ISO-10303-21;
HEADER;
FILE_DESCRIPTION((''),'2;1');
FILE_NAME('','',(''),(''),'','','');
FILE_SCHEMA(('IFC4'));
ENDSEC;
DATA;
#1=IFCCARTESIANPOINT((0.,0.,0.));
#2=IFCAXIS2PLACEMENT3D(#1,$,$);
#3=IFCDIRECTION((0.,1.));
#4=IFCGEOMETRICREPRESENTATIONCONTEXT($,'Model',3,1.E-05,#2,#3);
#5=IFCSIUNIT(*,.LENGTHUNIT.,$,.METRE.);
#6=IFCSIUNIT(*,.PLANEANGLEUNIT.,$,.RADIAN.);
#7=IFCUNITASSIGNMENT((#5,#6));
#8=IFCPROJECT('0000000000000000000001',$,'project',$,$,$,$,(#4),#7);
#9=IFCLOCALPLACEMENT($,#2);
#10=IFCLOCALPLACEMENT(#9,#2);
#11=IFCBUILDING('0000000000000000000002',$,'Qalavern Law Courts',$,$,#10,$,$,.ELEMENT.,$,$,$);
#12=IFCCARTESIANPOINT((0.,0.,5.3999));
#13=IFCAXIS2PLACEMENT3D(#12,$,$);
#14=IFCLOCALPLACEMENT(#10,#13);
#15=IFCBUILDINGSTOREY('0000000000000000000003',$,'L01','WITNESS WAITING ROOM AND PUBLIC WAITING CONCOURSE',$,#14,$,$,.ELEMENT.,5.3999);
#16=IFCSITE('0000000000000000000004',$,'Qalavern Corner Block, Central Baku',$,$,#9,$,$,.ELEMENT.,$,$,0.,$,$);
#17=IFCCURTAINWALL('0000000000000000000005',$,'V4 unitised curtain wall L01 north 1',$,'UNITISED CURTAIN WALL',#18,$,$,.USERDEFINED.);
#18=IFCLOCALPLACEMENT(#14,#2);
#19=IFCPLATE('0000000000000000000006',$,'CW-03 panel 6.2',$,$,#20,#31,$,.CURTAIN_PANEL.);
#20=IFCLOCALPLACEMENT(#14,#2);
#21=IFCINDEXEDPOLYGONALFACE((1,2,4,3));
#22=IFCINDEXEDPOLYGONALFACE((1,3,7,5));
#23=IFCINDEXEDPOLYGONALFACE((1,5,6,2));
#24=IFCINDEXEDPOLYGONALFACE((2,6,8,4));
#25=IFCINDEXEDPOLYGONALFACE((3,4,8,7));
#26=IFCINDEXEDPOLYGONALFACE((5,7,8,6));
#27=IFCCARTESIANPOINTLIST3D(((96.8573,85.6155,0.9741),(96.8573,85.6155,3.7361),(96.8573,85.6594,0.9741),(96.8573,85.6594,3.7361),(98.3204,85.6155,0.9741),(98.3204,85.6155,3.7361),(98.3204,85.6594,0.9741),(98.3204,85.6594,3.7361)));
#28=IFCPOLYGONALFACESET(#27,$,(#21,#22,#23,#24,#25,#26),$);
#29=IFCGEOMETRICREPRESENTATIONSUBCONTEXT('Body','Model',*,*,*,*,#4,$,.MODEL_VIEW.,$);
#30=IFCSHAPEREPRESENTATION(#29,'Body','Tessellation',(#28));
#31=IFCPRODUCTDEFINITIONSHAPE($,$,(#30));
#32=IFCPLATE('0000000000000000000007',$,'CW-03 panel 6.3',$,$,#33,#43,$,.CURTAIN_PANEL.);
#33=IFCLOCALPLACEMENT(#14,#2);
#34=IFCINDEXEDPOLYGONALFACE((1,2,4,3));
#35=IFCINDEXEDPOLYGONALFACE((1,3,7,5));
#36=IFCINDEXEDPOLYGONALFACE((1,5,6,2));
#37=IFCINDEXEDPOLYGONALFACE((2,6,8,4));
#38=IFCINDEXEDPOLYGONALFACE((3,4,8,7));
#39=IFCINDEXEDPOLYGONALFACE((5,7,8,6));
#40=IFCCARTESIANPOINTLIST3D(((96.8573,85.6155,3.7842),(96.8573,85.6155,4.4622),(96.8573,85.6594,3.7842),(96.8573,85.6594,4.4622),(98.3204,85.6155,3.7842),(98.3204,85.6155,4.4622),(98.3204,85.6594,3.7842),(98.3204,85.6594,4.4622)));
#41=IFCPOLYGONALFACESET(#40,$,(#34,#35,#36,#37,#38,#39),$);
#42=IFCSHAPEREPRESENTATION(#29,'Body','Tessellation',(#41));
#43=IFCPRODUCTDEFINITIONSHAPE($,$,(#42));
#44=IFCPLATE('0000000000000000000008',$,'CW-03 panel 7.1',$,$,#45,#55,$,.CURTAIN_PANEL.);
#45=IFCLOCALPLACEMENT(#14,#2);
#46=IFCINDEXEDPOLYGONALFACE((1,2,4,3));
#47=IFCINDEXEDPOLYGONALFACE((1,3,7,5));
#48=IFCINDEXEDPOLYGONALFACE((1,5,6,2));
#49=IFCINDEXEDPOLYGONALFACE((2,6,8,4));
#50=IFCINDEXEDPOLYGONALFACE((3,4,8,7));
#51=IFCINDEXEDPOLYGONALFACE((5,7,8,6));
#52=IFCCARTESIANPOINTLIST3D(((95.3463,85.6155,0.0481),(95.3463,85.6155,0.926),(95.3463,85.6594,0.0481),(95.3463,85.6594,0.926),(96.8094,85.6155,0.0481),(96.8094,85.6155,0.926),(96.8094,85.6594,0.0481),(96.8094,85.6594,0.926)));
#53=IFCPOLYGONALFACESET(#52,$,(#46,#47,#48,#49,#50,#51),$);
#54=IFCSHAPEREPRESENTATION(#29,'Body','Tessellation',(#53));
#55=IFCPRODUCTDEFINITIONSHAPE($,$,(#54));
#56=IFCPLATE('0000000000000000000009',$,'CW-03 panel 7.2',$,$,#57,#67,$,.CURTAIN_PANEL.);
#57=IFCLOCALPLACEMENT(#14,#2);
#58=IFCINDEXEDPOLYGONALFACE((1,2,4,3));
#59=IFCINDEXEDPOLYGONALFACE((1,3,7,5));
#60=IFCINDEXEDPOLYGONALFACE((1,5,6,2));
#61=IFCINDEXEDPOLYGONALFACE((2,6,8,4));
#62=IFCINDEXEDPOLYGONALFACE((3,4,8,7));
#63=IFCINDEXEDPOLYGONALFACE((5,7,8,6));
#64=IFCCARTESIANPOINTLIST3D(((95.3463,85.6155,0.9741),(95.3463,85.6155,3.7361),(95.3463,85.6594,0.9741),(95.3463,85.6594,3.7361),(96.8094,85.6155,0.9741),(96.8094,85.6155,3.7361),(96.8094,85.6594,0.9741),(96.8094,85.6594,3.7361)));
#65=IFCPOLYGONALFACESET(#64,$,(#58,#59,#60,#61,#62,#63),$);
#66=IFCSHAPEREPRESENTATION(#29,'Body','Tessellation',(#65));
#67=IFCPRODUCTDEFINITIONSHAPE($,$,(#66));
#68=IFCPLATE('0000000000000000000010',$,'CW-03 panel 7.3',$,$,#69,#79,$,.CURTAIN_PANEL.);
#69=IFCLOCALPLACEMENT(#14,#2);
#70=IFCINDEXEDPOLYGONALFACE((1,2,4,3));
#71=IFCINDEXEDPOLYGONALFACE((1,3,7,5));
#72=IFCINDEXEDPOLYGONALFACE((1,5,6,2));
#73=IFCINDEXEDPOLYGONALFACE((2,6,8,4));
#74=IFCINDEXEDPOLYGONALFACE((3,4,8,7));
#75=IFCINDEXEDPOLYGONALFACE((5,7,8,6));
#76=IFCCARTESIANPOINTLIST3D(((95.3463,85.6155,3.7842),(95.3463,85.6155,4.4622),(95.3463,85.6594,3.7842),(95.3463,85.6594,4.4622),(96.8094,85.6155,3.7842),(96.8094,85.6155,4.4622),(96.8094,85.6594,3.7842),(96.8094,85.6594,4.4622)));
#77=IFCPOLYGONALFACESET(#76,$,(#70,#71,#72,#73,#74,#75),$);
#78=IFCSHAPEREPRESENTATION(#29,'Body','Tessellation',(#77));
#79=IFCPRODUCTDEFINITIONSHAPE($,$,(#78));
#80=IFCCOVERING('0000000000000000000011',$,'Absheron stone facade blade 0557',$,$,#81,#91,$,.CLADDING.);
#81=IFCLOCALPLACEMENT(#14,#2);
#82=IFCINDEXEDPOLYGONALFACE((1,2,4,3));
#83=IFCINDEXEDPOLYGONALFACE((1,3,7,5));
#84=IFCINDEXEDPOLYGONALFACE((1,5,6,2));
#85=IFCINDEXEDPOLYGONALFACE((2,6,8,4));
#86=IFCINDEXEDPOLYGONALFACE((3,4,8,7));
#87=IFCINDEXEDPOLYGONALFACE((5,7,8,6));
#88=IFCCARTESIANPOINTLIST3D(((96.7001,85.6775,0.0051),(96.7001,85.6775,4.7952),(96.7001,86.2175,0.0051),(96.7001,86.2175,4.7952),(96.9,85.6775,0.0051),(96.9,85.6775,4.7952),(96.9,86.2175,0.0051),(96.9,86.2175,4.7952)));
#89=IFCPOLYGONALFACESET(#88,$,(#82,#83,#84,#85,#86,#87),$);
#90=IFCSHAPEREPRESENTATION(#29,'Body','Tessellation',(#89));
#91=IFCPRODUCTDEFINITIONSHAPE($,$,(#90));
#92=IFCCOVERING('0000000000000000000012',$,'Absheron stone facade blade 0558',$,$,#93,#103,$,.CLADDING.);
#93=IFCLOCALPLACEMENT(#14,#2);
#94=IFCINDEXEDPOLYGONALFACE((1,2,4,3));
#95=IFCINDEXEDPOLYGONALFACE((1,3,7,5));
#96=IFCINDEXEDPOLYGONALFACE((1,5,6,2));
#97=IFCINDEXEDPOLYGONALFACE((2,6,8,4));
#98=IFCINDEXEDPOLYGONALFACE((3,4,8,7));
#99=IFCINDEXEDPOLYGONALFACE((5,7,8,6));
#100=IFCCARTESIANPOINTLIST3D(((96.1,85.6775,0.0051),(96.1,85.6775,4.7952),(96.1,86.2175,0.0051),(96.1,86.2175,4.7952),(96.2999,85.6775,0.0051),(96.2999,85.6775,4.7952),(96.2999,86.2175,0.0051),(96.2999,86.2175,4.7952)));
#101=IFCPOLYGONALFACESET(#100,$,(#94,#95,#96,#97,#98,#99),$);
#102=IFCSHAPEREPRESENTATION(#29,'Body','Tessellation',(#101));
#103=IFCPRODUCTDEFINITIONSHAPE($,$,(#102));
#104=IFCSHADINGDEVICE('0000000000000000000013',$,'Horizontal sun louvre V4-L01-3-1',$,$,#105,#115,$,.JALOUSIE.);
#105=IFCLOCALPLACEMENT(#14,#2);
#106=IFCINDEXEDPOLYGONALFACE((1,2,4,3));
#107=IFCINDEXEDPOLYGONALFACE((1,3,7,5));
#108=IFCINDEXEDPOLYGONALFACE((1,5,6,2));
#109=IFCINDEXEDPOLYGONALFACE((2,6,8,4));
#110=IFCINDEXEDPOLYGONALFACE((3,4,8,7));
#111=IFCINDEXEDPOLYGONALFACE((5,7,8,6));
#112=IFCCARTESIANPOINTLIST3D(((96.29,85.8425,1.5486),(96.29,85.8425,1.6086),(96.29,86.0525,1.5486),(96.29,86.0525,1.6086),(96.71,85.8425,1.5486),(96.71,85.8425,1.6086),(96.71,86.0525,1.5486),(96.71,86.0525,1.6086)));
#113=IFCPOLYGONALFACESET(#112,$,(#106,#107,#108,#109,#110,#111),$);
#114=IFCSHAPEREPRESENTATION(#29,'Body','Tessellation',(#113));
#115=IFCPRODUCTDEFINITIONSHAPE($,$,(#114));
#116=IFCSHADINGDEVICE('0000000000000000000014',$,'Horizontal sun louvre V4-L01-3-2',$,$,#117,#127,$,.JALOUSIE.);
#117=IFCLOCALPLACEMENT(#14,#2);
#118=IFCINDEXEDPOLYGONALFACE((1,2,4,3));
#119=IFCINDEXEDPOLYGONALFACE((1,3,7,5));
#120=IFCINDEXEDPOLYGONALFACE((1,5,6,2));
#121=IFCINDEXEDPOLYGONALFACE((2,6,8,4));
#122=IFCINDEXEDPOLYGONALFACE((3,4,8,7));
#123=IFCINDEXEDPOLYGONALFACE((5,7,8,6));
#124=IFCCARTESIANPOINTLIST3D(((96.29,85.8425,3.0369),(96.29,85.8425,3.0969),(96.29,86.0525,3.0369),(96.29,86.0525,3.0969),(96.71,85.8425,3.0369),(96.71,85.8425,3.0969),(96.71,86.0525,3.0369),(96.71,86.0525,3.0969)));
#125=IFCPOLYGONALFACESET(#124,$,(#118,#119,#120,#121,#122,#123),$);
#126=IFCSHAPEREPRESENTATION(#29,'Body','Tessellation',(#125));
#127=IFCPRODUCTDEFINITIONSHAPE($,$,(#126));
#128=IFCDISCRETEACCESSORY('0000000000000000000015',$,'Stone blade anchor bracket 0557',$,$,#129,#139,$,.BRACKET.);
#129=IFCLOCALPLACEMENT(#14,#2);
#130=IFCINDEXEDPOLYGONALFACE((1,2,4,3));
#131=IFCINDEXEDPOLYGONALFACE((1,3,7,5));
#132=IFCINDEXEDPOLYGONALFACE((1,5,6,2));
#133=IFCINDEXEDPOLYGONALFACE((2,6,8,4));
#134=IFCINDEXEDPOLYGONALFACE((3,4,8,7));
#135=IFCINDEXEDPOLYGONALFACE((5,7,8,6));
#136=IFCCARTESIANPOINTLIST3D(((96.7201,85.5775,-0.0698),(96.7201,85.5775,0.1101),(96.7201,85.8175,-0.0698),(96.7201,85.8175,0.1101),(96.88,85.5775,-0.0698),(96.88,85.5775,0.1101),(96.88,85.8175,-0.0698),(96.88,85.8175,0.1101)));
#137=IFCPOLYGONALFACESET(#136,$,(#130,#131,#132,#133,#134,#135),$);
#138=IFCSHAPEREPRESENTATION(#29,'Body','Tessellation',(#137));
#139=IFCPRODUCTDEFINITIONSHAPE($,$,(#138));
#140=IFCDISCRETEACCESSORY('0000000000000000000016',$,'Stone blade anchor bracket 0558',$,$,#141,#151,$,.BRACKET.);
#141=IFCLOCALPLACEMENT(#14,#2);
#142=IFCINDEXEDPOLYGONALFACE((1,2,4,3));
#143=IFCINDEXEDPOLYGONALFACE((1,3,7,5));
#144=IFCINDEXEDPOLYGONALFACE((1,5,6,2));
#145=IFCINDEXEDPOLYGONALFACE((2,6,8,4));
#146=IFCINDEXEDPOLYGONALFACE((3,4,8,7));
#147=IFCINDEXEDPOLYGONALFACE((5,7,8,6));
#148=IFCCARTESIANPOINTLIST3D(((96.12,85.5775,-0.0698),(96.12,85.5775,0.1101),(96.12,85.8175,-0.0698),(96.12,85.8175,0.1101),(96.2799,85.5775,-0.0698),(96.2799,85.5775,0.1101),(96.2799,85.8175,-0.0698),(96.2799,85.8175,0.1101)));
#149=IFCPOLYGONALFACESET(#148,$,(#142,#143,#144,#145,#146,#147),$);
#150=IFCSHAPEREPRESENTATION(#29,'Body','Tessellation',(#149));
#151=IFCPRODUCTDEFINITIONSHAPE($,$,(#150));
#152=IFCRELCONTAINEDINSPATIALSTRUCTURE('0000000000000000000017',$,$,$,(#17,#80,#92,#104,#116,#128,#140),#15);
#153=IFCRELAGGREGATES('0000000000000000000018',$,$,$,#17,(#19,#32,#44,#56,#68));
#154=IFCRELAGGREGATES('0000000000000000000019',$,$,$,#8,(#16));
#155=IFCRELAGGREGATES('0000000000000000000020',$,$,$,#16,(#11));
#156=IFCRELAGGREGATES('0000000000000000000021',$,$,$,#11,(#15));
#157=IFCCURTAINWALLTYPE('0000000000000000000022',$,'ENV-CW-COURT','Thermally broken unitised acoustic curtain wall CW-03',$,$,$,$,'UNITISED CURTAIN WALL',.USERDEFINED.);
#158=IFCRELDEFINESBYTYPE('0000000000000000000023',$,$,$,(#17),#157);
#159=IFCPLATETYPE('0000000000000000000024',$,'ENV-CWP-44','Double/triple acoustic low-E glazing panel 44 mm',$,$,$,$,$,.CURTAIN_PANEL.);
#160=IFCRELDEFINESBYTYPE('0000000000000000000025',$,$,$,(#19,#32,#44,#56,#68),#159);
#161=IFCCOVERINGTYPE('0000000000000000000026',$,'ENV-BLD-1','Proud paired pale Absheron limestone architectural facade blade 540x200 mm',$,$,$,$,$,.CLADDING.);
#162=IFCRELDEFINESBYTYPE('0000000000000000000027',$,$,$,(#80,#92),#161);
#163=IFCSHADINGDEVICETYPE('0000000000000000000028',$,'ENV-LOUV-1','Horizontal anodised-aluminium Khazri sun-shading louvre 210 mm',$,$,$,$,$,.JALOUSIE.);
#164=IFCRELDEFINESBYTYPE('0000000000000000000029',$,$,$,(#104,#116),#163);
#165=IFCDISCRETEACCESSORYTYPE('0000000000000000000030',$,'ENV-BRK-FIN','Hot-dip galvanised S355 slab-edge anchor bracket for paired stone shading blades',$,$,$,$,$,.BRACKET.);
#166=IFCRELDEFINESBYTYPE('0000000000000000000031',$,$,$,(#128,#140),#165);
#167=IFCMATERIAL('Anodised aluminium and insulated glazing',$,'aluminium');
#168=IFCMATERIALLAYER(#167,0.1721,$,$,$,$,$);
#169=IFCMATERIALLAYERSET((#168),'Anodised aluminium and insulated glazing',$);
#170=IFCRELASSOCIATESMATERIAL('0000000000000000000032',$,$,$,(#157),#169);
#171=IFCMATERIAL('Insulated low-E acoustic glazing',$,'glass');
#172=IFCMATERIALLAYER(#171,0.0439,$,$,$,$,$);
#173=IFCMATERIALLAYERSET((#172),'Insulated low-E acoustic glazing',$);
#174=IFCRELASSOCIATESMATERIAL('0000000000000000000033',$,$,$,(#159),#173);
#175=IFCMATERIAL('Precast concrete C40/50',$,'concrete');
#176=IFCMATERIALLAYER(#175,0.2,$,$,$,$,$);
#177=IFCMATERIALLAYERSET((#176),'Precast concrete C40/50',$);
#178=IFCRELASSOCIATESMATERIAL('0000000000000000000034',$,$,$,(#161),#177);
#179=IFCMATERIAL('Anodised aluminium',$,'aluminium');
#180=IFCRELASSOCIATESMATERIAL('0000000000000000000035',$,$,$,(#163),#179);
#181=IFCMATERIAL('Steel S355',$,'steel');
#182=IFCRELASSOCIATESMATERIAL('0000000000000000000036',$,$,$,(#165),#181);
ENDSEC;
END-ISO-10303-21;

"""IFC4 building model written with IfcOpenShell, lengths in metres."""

from ifc_helpers import new_model, si_unit, direction, frame, origin, origin_2d, place, context, subcontext, project, spatial, rectangle, extrude, material, layer, layer_set, type_object, element, aggregate, save


model = new_model("IFC4")

# Units and contexts
model_context = context("Model", 3, precision=1e-05, world=origin(), true_north=direction((0.0, 1.0)))
body_context = subcontext(model_context, "Body", "Model", "MODEL_VIEW")
ifc_project = project(units=[si_unit("LENGTHUNIT", "METRE"), si_unit("PLANEANGLEUNIT", "RADIAN")], contexts=[model_context])

# Site, building, storey
site_placement = place(None, origin())
site = spatial("IfcSite", under=ifc_project, at=site_placement, Name="Qalavern Corner Block, Central Baku", CompositionType="ELEMENT", RefElevation=0.0)
building_placement = place(site_placement, origin())
building = spatial("IfcBuilding", under=site, at=building_placement, Name="Qalavern Law Courts", CompositionType="ELEMENT")
storey_placement = place(building_placement, frame((0.0, 0.0, 5.3999)))
storey = spatial("IfcBuildingStorey", under=building, at=storey_placement, Name="L01", Description="WITNESS WAITING ROOM AND PUBLIC WAITING CONCOURSE", CompositionType="ELEMENT", Elevation=5.3999)

# Curtain wall, plates
ifc_material_1 = material(Name="Anodised aluminium and insulated glazing", Category="aluminium")
ifc_layer_1 = layer(ifc_material_1, 0.1721)
ifc_layer_set_1 = layer_set([ifc_layer_1], Name="Anodised aluminium and insulated glazing")
curtain_wall_type = type_object("IfcCurtainWallType", Name="ENV-CW-COURT", Description="Thermally broken unitised acoustic curtain wall CW-03", ElementType="UNITISED CURTAIN WALL", PredefinedType="USERDEFINED", material=ifc_layer_set_1)
curtain_wall_placement = place(storey_placement, origin())
curtain_wall = element("IfcCurtainWall", 1, at=curtain_wall_placement, inside=storey, type_object=curtain_wall_type, Name="V4 unitised curtain wall L01 north 1", ObjectType="UNITISED CURTAIN WALL", PredefinedType="USERDEFINED")
ifc_material_2 = material(Name="Anodised aluminium", Category="aluminium")
ifc_material_3 = material(Name="Insulated low-E acoustic glazing", Category="glass")
ifc_layer_2 = layer(ifc_material_3, 0.0439)
ifc_layer_set_2 = layer_set([ifc_layer_2], Name="Insulated low-E acoustic glazing")
plate_type = type_object("IfcPlateType", Name="ENV-CWP-44", Description="Double/triple acoustic low-E glazing panel 44 mm", PredefinedType="CURTAIN_PANEL", material=ifc_layer_set_2)
plate_1_placement = place(storey_placement, frame((97.5889, 85.6375, 0.9741), z_axis=(0.0, 0.0, 1.0), x_axis=(-1.0, 0.0, 0.0)))
plate_1 = element("IfcPlate", 2, at=plate_1_placement, type_object=plate_type, Name="CW-03 panel 6.2", PredefinedType="CURTAIN_PANEL", context=body_context, shape_type="SweptSolid", body=[
    extrude(rectangle(XDim=1.4631, YDim=0.0439, at=origin_2d()), origin(), (0.0, 0.0, 1.0), 2.762),
])
plate_2_placement = place(storey_placement, frame((97.5889, 85.6375, 3.7842), z_axis=(0.0, 0.0, 1.0), x_axis=(-1.0, 0.0, 0.0)))
plate_2 = element("IfcPlate", 3, at=plate_2_placement, type_object=plate_type, Name="CW-03 panel 6.3", PredefinedType="CURTAIN_PANEL", context=body_context, shape_type="SweptSolid", body=[
    extrude(rectangle(XDim=1.4631, YDim=0.0439, at=origin_2d()), origin(), (0.0, 0.0, 1.0), 0.678),
])
plate_3_placement = place(storey_placement, frame((96.0779, 85.6375, 0.0481), z_axis=(0.0, 0.0, 1.0), x_axis=(-1.0, 0.0, 0.0)))
plate_3 = element("IfcPlate", 4, at=plate_3_placement, type_object=plate_type, Name="CW-03 panel 7.1", PredefinedType="CURTAIN_PANEL", context=body_context, shape_type="SweptSolid", body=[
    extrude(rectangle(XDim=1.4631, YDim=0.0439, at=origin_2d()), origin(), (0.0, 0.0, 1.0), 0.8779),
])
plate_4_placement = place(storey_placement, frame((96.0779, 85.6375, 0.9741), z_axis=(0.0, 0.0, 1.0), x_axis=(-1.0, 0.0, 0.0)))
plate_4 = element("IfcPlate", 5, at=plate_4_placement, type_object=plate_type, Name="CW-03 panel 7.2", PredefinedType="CURTAIN_PANEL", context=body_context, shape_type="SweptSolid", body=[
    extrude(rectangle(XDim=1.4631, YDim=0.0439, at=origin_2d()), origin(), (0.0, 0.0, 1.0), 2.762),
])
plate_5_placement = place(storey_placement, frame((96.0779, 85.6375, 3.7842), z_axis=(0.0, 0.0, 1.0), x_axis=(-1.0, 0.0, 0.0)))
plate_5 = element("IfcPlate", 6, at=plate_5_placement, type_object=plate_type, Name="CW-03 panel 7.3", PredefinedType="CURTAIN_PANEL", context=body_context, shape_type="SweptSolid", body=[
    extrude(rectangle(XDim=1.4631, YDim=0.0439, at=origin_2d()), origin(), (0.0, 0.0, 1.0), 0.678),
])
aggregate(curtain_wall, [plate_1, plate_2, plate_3, plate_4, plate_5])

# Coverings
ifc_material_4 = material(Name="Precast concrete C40/50", Category="concrete")
ifc_layer_3 = layer(ifc_material_4, 0.2)
ifc_layer_set_3 = layer_set([ifc_layer_3], Name="Precast concrete C40/50")
covering_type = type_object("IfcCoveringType", Name="ENV-BLD-1", Description="Proud paired pale Absheron limestone architectural facade blade 540x200 mm", PredefinedType="CLADDING", material=ifc_layer_set_3)
for number, where, z_axis, x_axis, name in (
    (7, (96.8, 85.9475, 0.0051), (0.0, 0.0, 1.0), (0.0, 1.0, 0.0), "Absheron stone facade blade 0557"),
    (8, (96.2, 85.9475, 0.0051), (0.0, 0.0, 1.0), (0.0, 1.0, 0.0), "Absheron stone facade blade 0558"),
):
    element("IfcCovering", number, at=place(storey_placement, frame(where, z_axis=z_axis, x_axis=x_axis)), inside=storey, type_object=covering_type, Name=name, PredefinedType="CLADDING", context=body_context, shape_type="SweptSolid", body=[
        extrude(rectangle(XDim=0.54, YDim=0.2, at=origin_2d()), origin(), (0.0, 0.0, 1.0), 4.79),
    ])

# Shading devices
shading_device_type = type_object("IfcShadingDeviceType", Name="ENV-LOUV-1", Description="Horizontal anodised-aluminium Khazri sun-shading louvre 210 mm", PredefinedType="JALOUSIE", material=ifc_material_2)
for number, where, z_axis, x_axis, name in (
    (9, (96.5, 85.9475, 1.5486), (0.0, 0.0, 1.0), (-1.0, 0.0, 0.0), "Horizontal sun louvre V4-L01-3-1"),
    (10, (96.5, 85.9475, 3.0369), (0.0, 0.0, 1.0), (-1.0, 0.0, 0.0), "Horizontal sun louvre V4-L01-3-2"),
):
    element("IfcShadingDevice", number, at=place(storey_placement, frame(where, z_axis=z_axis, x_axis=x_axis)), inside=storey, type_object=shading_device_type, Name=name, PredefinedType="JALOUSIE", context=body_context, shape_type="SweptSolid", body=[
        extrude(rectangle(XDim=0.4199, YDim=0.21, at=origin_2d()), origin(), (0.0, 0.0, 1.0), 0.0601),
    ])

# Discrete accessories
ifc_material_5 = material(Name="Steel S355", Category="steel")
discrete_accessory_type = type_object("IfcDiscreteAccessoryType", Name="ENV-BRK-FIN", Description="Hot-dip galvanised S355 slab-edge anchor bracket for paired stone shading blades", PredefinedType="BRACKET", material=ifc_material_5)
for number, where, z_axis, x_axis, name in (
    (11, (96.8, 85.6975, -0.0698), (0.0, 0.0, 1.0), (0.0, 1.0, 0.0), "Stone blade anchor bracket 0557"),
    (12, (96.2, 85.6975, -0.0698), (0.0, 0.0, 1.0), (0.0, 1.0, 0.0), "Stone blade anchor bracket 0558"),
):
    element("IfcDiscreteAccessory", number, at=place(storey_placement, frame(where, z_axis=z_axis, x_axis=x_axis)), inside=storey, type_object=discrete_accessory_type, Name=name, PredefinedType="BRACKET", context=body_context, shape_type="SweptSolid", body=[
        extrude(rectangle(XDim=0.24, YDim=0.1599, at=origin_2d()), origin(), (0.0, 0.0, 1.0), 0.1799),
    ])

save(model, "model.ifc")
